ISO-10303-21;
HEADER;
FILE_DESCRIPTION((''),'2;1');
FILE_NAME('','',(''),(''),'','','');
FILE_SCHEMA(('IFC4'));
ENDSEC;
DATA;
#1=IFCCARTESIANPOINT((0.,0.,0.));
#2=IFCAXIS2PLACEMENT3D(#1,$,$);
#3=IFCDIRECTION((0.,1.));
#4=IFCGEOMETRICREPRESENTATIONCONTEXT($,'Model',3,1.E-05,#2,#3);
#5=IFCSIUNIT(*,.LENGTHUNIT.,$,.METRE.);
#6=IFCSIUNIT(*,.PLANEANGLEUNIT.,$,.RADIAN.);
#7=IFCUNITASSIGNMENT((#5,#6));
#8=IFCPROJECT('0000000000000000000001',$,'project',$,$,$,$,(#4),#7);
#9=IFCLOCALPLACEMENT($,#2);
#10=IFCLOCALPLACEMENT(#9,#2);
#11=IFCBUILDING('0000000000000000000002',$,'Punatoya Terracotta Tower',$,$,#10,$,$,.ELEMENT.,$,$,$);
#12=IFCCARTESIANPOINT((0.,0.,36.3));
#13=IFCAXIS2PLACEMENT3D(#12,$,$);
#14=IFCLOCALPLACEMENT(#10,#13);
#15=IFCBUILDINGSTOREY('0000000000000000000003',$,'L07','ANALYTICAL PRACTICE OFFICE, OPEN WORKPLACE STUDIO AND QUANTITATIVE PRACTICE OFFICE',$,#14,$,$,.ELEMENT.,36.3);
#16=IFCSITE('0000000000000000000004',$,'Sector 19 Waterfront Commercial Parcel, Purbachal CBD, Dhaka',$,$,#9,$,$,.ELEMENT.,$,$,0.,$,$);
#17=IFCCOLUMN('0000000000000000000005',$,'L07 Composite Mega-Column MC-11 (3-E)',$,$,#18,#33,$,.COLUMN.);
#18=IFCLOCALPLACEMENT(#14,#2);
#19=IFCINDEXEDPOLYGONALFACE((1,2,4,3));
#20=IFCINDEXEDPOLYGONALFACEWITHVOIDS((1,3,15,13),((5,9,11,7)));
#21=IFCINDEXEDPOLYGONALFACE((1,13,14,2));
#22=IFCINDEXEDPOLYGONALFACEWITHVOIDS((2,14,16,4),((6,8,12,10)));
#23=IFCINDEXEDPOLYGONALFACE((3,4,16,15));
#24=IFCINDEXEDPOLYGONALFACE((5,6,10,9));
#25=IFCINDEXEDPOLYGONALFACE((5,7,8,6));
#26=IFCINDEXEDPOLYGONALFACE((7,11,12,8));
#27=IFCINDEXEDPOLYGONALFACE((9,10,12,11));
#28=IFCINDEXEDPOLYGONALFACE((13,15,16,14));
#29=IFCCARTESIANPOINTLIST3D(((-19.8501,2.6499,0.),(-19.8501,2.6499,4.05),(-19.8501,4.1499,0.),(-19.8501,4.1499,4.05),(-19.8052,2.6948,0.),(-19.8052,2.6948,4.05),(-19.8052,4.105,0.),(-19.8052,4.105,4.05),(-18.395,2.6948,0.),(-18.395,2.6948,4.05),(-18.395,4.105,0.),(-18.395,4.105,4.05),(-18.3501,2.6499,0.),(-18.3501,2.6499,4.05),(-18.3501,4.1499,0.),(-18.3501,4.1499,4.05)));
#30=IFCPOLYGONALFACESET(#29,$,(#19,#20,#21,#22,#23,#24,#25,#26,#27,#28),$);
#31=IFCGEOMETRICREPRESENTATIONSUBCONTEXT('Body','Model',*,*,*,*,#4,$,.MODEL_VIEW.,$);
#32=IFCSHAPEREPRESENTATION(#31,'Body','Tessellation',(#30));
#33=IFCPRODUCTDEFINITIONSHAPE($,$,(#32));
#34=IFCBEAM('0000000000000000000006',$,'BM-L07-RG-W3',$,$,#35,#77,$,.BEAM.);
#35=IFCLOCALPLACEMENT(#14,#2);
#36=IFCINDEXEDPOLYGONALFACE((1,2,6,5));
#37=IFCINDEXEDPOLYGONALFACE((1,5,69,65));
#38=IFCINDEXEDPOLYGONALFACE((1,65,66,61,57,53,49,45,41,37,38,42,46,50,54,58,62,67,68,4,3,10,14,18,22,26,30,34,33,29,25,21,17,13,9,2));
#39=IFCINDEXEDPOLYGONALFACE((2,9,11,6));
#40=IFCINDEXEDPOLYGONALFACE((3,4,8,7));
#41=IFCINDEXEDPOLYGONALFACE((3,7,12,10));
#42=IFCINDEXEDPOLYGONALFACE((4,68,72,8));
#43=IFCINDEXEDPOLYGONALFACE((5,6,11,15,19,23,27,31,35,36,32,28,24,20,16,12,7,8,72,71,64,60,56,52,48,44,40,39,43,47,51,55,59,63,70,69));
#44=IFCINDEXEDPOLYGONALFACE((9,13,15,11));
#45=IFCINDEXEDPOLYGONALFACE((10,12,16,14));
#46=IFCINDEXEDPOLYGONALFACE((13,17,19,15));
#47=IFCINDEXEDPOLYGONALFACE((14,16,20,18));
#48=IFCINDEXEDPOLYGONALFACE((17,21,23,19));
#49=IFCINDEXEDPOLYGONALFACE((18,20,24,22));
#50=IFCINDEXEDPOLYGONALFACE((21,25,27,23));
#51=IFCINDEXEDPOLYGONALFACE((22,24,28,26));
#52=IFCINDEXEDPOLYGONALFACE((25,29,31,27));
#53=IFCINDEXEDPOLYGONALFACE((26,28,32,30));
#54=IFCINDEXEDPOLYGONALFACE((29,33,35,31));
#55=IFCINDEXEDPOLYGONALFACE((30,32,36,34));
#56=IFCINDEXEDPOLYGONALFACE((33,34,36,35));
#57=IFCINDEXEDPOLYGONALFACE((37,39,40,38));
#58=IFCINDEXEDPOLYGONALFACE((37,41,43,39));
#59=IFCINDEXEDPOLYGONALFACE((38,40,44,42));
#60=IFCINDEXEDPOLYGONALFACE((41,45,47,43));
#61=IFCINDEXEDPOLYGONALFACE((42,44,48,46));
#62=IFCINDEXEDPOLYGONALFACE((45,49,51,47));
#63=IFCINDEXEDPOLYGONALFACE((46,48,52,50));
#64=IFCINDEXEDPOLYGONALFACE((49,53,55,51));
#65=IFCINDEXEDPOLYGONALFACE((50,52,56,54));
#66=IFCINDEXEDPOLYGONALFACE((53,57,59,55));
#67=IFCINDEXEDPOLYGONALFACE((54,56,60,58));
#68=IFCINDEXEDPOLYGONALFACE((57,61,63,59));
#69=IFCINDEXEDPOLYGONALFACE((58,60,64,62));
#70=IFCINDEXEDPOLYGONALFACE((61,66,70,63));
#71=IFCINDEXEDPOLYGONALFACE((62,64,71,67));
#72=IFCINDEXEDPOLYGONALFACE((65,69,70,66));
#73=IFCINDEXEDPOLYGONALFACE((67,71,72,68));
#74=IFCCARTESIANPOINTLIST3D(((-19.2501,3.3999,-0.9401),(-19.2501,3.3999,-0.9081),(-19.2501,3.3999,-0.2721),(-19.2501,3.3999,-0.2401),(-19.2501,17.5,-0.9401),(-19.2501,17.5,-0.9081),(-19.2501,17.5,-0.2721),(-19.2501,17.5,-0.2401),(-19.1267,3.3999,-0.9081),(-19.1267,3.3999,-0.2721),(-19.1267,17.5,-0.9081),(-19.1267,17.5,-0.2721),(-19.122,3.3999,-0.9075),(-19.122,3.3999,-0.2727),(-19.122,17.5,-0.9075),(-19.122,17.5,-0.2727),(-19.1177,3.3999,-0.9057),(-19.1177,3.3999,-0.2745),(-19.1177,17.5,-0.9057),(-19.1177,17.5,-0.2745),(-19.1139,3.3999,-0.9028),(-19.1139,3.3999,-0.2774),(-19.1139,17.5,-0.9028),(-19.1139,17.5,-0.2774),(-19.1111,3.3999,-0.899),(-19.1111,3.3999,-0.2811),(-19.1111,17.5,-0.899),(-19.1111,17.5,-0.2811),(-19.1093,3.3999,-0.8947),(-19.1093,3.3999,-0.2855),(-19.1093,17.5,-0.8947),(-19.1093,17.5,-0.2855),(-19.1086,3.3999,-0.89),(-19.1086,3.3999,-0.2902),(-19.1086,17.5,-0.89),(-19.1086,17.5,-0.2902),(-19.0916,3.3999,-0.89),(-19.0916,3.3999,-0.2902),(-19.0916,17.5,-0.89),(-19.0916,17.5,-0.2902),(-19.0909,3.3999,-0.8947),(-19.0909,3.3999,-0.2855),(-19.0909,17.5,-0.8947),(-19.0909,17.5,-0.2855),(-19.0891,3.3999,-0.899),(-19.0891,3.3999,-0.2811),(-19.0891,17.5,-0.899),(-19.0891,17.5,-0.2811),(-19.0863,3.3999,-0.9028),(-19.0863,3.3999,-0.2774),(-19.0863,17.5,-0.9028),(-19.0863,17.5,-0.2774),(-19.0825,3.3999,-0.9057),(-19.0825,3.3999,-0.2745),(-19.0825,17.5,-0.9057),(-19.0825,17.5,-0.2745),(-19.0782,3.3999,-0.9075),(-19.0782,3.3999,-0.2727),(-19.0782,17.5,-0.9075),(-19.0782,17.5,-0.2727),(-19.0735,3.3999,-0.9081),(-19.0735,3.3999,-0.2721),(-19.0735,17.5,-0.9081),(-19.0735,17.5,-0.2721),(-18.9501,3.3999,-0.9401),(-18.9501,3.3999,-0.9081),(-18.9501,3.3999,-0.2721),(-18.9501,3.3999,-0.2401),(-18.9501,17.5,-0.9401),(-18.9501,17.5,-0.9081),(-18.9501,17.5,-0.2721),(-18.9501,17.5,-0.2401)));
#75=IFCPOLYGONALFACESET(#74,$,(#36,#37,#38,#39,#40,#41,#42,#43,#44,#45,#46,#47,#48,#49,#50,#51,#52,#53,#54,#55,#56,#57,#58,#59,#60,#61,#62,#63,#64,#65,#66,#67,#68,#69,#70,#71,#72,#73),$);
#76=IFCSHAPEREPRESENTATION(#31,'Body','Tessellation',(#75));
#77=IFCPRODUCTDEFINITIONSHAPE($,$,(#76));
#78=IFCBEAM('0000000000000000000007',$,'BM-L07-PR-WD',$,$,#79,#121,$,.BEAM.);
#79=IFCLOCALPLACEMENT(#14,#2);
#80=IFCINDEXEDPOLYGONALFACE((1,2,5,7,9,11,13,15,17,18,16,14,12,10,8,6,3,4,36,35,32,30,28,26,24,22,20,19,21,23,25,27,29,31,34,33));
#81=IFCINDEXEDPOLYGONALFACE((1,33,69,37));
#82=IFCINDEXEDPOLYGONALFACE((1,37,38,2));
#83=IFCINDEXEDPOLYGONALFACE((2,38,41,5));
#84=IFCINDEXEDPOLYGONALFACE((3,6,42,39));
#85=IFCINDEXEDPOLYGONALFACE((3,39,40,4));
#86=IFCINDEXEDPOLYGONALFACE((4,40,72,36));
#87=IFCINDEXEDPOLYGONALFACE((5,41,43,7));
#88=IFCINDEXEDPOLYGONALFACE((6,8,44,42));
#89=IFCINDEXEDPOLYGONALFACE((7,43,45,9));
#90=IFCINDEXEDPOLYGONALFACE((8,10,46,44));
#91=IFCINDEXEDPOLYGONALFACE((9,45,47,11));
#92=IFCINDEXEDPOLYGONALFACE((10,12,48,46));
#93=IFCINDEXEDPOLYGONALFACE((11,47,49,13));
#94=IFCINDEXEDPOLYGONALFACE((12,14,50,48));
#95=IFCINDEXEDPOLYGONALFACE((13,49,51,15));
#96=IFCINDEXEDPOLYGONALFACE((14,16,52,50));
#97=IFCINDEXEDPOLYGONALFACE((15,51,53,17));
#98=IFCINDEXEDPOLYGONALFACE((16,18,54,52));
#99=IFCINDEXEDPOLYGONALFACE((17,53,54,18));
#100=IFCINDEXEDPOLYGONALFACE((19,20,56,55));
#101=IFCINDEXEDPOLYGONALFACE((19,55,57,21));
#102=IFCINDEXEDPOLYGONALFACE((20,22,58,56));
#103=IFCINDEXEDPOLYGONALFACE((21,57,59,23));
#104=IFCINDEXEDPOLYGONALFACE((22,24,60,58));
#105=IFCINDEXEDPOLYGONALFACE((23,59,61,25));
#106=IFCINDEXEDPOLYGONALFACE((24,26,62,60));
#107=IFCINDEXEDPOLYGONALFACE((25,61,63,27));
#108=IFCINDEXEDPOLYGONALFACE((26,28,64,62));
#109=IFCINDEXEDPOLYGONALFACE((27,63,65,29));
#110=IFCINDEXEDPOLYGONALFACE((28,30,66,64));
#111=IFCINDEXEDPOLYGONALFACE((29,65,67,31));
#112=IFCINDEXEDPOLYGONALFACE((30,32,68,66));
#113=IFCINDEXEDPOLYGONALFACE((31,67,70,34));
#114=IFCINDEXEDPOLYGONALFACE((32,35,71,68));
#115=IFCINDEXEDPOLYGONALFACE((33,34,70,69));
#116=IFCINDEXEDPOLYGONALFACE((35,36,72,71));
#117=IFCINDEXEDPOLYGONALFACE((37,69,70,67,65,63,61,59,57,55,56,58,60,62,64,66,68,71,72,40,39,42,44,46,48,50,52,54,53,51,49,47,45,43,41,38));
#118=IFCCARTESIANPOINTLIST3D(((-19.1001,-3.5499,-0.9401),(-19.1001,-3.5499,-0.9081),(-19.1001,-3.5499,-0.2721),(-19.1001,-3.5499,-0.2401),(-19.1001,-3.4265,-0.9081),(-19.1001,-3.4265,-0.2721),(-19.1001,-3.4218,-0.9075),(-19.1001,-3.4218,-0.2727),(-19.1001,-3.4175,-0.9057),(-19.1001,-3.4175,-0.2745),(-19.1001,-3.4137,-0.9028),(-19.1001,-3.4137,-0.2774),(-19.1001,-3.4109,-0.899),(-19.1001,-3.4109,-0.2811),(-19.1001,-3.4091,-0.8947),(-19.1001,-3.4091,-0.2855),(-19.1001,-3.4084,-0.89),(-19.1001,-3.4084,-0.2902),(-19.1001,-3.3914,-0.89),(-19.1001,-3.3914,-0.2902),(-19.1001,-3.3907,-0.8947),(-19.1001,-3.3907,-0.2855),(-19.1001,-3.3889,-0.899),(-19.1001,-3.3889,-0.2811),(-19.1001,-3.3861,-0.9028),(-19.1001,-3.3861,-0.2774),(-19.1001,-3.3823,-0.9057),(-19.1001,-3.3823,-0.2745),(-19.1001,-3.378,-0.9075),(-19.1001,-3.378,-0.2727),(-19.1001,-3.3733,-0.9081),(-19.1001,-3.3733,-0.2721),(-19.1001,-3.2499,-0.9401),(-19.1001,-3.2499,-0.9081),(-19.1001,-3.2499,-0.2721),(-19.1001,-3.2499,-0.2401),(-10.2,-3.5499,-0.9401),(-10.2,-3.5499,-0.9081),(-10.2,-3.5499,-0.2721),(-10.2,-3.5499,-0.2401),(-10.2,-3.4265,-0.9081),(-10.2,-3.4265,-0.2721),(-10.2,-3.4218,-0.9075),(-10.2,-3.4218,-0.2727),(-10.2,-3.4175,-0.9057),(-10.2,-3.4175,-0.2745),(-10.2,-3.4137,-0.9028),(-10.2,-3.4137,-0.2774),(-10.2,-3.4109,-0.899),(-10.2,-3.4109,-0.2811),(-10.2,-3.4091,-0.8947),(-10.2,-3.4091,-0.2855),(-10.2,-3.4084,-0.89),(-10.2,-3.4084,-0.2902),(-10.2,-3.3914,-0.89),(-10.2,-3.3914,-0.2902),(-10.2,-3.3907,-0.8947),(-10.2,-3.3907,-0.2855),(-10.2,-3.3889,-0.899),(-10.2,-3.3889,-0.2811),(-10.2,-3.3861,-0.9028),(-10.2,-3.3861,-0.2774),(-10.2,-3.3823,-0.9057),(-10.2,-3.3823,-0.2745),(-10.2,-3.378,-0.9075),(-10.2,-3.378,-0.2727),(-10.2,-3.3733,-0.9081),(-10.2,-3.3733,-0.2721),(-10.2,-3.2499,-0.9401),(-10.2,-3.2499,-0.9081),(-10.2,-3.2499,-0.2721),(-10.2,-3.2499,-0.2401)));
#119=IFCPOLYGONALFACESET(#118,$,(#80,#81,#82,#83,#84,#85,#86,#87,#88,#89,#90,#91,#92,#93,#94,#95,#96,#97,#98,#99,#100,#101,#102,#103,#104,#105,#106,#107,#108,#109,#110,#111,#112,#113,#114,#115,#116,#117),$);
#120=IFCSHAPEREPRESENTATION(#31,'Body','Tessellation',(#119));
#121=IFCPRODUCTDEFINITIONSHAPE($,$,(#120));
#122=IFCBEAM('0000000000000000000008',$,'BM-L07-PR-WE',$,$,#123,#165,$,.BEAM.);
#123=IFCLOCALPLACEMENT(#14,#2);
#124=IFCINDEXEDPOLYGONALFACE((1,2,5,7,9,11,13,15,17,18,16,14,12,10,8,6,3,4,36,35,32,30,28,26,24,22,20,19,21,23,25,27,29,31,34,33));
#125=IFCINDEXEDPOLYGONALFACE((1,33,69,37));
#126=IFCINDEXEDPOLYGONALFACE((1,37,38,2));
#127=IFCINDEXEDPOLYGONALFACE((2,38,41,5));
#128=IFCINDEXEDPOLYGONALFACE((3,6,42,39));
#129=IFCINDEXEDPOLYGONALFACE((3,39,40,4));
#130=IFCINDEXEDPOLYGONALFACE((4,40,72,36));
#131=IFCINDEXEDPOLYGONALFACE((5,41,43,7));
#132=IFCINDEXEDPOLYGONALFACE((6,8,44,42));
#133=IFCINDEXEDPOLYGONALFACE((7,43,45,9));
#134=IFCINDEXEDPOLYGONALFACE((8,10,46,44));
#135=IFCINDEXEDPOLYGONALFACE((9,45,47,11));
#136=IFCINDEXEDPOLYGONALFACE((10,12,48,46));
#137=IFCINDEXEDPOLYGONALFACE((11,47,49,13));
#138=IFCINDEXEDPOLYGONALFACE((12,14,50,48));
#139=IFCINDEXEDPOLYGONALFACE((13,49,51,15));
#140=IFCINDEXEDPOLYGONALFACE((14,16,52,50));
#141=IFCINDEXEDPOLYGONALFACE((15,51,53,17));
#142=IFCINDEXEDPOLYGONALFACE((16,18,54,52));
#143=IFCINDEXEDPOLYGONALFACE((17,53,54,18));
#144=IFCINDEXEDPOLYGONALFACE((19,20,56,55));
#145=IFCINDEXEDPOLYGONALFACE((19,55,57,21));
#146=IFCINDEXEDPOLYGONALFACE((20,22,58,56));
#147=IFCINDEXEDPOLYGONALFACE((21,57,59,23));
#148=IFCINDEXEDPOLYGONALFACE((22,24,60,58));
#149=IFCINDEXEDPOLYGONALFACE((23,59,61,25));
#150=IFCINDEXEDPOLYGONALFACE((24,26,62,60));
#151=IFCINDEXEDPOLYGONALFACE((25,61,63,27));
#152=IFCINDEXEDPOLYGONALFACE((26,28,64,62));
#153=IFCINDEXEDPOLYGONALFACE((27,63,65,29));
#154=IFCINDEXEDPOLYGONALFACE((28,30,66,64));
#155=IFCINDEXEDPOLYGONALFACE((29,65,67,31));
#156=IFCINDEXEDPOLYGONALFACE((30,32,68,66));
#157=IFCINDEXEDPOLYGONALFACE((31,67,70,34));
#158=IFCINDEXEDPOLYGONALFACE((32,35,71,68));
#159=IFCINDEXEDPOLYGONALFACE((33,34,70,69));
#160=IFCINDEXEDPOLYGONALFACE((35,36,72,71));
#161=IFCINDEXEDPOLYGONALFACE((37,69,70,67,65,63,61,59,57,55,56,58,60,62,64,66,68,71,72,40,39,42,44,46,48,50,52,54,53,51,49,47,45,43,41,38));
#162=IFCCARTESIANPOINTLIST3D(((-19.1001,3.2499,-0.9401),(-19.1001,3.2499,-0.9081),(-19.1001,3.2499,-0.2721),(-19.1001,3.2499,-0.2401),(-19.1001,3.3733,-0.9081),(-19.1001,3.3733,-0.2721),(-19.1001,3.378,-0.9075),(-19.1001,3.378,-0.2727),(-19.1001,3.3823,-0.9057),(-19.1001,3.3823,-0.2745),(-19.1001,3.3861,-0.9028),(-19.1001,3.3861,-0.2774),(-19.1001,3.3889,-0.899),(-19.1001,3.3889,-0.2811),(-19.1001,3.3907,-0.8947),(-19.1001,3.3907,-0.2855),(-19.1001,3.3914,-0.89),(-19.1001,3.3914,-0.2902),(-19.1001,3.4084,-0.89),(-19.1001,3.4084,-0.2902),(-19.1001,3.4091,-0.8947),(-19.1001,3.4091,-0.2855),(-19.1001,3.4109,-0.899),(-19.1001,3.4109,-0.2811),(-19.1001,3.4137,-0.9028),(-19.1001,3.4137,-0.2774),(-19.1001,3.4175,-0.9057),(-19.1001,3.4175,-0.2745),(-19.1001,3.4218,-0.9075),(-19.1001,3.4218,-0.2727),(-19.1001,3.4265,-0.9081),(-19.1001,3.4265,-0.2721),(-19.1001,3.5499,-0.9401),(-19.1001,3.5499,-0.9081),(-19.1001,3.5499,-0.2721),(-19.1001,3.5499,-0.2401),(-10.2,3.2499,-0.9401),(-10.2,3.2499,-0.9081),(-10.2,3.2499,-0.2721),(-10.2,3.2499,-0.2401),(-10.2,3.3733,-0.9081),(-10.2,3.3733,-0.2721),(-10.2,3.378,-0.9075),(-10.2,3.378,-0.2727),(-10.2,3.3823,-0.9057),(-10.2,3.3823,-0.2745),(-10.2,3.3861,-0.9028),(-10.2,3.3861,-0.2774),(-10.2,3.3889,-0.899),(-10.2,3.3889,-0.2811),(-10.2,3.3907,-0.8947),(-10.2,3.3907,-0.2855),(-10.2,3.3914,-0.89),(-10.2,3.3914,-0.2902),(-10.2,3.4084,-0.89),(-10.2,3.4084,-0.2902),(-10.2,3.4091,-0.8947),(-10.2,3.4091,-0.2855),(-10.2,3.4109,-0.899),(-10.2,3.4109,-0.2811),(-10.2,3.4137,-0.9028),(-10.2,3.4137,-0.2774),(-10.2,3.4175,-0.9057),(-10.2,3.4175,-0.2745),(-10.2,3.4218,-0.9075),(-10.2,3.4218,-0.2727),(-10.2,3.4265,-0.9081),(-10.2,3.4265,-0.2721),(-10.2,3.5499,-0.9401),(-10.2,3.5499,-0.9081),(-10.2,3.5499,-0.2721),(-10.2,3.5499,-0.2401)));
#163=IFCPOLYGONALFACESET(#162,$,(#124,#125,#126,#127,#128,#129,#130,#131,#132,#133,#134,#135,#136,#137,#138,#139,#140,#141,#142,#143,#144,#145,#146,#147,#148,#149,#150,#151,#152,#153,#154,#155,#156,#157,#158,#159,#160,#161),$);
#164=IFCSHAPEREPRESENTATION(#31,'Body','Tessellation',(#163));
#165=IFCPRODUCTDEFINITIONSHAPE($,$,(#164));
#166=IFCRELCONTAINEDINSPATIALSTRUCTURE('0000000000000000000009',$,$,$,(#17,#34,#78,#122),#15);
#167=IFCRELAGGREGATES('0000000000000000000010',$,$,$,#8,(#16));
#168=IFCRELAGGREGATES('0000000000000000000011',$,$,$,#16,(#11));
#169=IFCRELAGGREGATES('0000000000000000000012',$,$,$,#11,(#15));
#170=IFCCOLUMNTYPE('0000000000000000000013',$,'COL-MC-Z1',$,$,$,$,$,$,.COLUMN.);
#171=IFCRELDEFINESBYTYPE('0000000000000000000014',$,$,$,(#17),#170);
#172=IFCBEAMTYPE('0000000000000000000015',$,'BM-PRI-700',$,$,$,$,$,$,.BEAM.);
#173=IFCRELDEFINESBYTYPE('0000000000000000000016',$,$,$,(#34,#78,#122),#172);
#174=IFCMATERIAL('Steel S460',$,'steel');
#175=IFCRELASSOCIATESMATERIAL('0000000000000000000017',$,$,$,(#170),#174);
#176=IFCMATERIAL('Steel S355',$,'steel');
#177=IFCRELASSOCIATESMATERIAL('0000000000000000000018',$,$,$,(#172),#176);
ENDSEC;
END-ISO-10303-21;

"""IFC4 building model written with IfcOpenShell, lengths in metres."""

from ifc_helpers import new_model, si_unit, direction, frame, origin, origin_2d, place, context, subcontext, project, spatial, hollow_rectangle, i_section, extrude, material, material_profile, profile_set, type_object, element, save


model = new_model("IFC4")

# Units and contexts
model_context = context("Model", 3, precision=1e-05, world=origin(), true_north=direction((0.0, 1.0)))
body_context = subcontext(model_context, "Body", "Model", "MODEL_VIEW")
ifc_project = project(units=[si_unit("LENGTHUNIT", "METRE"), si_unit("PLANEANGLEUNIT", "RADIAN")], contexts=[model_context])

# Site, building, storey
site_placement = place(None, origin())
site = spatial("IfcSite", under=ifc_project, at=site_placement, Name="Sector 19 Waterfront Commercial Parcel, Purbachal CBD, Dhaka", CompositionType="ELEMENT", RefElevation=0.0)
building_placement = place(site_placement, origin())
building = spatial("IfcBuilding", under=site, at=building_placement, Name="Punatoya Terracotta Tower", CompositionType="ELEMENT")
storey_placement = place(building_placement, frame((0.0, 0.0, 36.3)))
storey = spatial("IfcBuildingStorey", under=building, at=storey_placement, Name="L07", Description="ANALYTICAL PRACTICE OFFICE, OPEN WORKPLACE STUDIO AND QUANTITATIVE PRACTICE OFFICE", CompositionType="ELEMENT", Elevation=36.3)

# Column
ifc_material_1 = material(Name="Steel S460", Category="steel")
ifc_material_profile_1 = material_profile(ifc_material_1, hollow_rectangle(XDim=1.5, YDim=1.5, WallThickness=0.0449, at=origin_2d()))
ifc_profile_set_1 = profile_set([ifc_material_profile_1], Name="Steel S460")
column_type = type_object("IfcColumnType", Name="COL-MC-Z1", PredefinedType="COLUMN", material=ifc_profile_set_1)
column_placement = place(storey_placement, frame((-19.1001, 3.3999, 0.0), z_axis=(0.0, 0.0, 1.0), x_axis=(1.0, 0.0, 0.0)))
element("IfcColumn", 1, at=column_placement, inside=storey, type_object=column_type, Name="L07 Composite Mega-Column MC-11 (3-E)", PredefinedType="COLUMN", context=body_context, shape_type="SweptSolid", body=[
    extrude(hollow_rectangle(XDim=1.5, YDim=1.5, WallThickness=0.0449, at=origin_2d()), origin(), (0.0, 0.0, 1.0), 4.05),
])

# Beams
ifc_material_2 = material(Name="Steel S355", Category="steel")
ifc_material_profile_2 = material_profile(ifc_material_2, i_section(OverallWidth=0.3, OverallDepth=0.7, WebThickness=0.0171, FlangeThickness=0.032, FilletRadius=0.0181, at=origin_2d()))
ifc_profile_set_2 = profile_set([ifc_material_profile_2], Name="Steel S355")
beam_type_1 = type_object("IfcBeamType", Name="BM-PRI-700", PredefinedType="BEAM", material=ifc_profile_set_2)
beam_1_placement = place(storey_placement, frame((-19.1001, 3.3999, -0.5901), z_axis=(0.0, 1.0, 0.0), x_axis=(-1.0, 0.0, 0.0)))
element("IfcBeam", 2, at=beam_1_placement, inside=storey, type_object=beam_type_1, Name="BM-L07-RG-W3", PredefinedType="BEAM", context=body_context, shape_type="SweptSolid", body=[
    extrude(i_section(OverallWidth=0.3, OverallDepth=0.7, WebThickness=0.0171, FlangeThickness=0.032, FilletRadius=0.0181, at=origin_2d()), origin(), (0.0, 0.0, 1.0), 14.1001),
])
for number, where, z_axis, x_axis, name in (
    (3, (-19.1001, -3.3999, -0.5901), (1.0, 0.0, 0.0), (0.0, 1.0, 0.0), "BM-L07-PR-WD"),
    (4, (-19.1001, 3.3999, -0.5901), (1.0, 0.0, 0.0), (0.0, 1.0, 0.0), "BM-L07-PR-WE"),
):
    element("IfcBeam", number, at=place(storey_placement, frame(where, z_axis=z_axis, x_axis=x_axis)), inside=storey, type_object=beam_type_1, Name=name, PredefinedType="BEAM", context=body_context, shape_type="SweptSolid", body=[
        extrude(i_section(OverallWidth=0.3, OverallDepth=0.7, WebThickness=0.0171, FlangeThickness=0.032, FilletRadius=0.0181, at=origin_2d()), origin(), (0.0, 0.0, 1.0), 8.9001),
    ])

save(model, "model.ifc")
